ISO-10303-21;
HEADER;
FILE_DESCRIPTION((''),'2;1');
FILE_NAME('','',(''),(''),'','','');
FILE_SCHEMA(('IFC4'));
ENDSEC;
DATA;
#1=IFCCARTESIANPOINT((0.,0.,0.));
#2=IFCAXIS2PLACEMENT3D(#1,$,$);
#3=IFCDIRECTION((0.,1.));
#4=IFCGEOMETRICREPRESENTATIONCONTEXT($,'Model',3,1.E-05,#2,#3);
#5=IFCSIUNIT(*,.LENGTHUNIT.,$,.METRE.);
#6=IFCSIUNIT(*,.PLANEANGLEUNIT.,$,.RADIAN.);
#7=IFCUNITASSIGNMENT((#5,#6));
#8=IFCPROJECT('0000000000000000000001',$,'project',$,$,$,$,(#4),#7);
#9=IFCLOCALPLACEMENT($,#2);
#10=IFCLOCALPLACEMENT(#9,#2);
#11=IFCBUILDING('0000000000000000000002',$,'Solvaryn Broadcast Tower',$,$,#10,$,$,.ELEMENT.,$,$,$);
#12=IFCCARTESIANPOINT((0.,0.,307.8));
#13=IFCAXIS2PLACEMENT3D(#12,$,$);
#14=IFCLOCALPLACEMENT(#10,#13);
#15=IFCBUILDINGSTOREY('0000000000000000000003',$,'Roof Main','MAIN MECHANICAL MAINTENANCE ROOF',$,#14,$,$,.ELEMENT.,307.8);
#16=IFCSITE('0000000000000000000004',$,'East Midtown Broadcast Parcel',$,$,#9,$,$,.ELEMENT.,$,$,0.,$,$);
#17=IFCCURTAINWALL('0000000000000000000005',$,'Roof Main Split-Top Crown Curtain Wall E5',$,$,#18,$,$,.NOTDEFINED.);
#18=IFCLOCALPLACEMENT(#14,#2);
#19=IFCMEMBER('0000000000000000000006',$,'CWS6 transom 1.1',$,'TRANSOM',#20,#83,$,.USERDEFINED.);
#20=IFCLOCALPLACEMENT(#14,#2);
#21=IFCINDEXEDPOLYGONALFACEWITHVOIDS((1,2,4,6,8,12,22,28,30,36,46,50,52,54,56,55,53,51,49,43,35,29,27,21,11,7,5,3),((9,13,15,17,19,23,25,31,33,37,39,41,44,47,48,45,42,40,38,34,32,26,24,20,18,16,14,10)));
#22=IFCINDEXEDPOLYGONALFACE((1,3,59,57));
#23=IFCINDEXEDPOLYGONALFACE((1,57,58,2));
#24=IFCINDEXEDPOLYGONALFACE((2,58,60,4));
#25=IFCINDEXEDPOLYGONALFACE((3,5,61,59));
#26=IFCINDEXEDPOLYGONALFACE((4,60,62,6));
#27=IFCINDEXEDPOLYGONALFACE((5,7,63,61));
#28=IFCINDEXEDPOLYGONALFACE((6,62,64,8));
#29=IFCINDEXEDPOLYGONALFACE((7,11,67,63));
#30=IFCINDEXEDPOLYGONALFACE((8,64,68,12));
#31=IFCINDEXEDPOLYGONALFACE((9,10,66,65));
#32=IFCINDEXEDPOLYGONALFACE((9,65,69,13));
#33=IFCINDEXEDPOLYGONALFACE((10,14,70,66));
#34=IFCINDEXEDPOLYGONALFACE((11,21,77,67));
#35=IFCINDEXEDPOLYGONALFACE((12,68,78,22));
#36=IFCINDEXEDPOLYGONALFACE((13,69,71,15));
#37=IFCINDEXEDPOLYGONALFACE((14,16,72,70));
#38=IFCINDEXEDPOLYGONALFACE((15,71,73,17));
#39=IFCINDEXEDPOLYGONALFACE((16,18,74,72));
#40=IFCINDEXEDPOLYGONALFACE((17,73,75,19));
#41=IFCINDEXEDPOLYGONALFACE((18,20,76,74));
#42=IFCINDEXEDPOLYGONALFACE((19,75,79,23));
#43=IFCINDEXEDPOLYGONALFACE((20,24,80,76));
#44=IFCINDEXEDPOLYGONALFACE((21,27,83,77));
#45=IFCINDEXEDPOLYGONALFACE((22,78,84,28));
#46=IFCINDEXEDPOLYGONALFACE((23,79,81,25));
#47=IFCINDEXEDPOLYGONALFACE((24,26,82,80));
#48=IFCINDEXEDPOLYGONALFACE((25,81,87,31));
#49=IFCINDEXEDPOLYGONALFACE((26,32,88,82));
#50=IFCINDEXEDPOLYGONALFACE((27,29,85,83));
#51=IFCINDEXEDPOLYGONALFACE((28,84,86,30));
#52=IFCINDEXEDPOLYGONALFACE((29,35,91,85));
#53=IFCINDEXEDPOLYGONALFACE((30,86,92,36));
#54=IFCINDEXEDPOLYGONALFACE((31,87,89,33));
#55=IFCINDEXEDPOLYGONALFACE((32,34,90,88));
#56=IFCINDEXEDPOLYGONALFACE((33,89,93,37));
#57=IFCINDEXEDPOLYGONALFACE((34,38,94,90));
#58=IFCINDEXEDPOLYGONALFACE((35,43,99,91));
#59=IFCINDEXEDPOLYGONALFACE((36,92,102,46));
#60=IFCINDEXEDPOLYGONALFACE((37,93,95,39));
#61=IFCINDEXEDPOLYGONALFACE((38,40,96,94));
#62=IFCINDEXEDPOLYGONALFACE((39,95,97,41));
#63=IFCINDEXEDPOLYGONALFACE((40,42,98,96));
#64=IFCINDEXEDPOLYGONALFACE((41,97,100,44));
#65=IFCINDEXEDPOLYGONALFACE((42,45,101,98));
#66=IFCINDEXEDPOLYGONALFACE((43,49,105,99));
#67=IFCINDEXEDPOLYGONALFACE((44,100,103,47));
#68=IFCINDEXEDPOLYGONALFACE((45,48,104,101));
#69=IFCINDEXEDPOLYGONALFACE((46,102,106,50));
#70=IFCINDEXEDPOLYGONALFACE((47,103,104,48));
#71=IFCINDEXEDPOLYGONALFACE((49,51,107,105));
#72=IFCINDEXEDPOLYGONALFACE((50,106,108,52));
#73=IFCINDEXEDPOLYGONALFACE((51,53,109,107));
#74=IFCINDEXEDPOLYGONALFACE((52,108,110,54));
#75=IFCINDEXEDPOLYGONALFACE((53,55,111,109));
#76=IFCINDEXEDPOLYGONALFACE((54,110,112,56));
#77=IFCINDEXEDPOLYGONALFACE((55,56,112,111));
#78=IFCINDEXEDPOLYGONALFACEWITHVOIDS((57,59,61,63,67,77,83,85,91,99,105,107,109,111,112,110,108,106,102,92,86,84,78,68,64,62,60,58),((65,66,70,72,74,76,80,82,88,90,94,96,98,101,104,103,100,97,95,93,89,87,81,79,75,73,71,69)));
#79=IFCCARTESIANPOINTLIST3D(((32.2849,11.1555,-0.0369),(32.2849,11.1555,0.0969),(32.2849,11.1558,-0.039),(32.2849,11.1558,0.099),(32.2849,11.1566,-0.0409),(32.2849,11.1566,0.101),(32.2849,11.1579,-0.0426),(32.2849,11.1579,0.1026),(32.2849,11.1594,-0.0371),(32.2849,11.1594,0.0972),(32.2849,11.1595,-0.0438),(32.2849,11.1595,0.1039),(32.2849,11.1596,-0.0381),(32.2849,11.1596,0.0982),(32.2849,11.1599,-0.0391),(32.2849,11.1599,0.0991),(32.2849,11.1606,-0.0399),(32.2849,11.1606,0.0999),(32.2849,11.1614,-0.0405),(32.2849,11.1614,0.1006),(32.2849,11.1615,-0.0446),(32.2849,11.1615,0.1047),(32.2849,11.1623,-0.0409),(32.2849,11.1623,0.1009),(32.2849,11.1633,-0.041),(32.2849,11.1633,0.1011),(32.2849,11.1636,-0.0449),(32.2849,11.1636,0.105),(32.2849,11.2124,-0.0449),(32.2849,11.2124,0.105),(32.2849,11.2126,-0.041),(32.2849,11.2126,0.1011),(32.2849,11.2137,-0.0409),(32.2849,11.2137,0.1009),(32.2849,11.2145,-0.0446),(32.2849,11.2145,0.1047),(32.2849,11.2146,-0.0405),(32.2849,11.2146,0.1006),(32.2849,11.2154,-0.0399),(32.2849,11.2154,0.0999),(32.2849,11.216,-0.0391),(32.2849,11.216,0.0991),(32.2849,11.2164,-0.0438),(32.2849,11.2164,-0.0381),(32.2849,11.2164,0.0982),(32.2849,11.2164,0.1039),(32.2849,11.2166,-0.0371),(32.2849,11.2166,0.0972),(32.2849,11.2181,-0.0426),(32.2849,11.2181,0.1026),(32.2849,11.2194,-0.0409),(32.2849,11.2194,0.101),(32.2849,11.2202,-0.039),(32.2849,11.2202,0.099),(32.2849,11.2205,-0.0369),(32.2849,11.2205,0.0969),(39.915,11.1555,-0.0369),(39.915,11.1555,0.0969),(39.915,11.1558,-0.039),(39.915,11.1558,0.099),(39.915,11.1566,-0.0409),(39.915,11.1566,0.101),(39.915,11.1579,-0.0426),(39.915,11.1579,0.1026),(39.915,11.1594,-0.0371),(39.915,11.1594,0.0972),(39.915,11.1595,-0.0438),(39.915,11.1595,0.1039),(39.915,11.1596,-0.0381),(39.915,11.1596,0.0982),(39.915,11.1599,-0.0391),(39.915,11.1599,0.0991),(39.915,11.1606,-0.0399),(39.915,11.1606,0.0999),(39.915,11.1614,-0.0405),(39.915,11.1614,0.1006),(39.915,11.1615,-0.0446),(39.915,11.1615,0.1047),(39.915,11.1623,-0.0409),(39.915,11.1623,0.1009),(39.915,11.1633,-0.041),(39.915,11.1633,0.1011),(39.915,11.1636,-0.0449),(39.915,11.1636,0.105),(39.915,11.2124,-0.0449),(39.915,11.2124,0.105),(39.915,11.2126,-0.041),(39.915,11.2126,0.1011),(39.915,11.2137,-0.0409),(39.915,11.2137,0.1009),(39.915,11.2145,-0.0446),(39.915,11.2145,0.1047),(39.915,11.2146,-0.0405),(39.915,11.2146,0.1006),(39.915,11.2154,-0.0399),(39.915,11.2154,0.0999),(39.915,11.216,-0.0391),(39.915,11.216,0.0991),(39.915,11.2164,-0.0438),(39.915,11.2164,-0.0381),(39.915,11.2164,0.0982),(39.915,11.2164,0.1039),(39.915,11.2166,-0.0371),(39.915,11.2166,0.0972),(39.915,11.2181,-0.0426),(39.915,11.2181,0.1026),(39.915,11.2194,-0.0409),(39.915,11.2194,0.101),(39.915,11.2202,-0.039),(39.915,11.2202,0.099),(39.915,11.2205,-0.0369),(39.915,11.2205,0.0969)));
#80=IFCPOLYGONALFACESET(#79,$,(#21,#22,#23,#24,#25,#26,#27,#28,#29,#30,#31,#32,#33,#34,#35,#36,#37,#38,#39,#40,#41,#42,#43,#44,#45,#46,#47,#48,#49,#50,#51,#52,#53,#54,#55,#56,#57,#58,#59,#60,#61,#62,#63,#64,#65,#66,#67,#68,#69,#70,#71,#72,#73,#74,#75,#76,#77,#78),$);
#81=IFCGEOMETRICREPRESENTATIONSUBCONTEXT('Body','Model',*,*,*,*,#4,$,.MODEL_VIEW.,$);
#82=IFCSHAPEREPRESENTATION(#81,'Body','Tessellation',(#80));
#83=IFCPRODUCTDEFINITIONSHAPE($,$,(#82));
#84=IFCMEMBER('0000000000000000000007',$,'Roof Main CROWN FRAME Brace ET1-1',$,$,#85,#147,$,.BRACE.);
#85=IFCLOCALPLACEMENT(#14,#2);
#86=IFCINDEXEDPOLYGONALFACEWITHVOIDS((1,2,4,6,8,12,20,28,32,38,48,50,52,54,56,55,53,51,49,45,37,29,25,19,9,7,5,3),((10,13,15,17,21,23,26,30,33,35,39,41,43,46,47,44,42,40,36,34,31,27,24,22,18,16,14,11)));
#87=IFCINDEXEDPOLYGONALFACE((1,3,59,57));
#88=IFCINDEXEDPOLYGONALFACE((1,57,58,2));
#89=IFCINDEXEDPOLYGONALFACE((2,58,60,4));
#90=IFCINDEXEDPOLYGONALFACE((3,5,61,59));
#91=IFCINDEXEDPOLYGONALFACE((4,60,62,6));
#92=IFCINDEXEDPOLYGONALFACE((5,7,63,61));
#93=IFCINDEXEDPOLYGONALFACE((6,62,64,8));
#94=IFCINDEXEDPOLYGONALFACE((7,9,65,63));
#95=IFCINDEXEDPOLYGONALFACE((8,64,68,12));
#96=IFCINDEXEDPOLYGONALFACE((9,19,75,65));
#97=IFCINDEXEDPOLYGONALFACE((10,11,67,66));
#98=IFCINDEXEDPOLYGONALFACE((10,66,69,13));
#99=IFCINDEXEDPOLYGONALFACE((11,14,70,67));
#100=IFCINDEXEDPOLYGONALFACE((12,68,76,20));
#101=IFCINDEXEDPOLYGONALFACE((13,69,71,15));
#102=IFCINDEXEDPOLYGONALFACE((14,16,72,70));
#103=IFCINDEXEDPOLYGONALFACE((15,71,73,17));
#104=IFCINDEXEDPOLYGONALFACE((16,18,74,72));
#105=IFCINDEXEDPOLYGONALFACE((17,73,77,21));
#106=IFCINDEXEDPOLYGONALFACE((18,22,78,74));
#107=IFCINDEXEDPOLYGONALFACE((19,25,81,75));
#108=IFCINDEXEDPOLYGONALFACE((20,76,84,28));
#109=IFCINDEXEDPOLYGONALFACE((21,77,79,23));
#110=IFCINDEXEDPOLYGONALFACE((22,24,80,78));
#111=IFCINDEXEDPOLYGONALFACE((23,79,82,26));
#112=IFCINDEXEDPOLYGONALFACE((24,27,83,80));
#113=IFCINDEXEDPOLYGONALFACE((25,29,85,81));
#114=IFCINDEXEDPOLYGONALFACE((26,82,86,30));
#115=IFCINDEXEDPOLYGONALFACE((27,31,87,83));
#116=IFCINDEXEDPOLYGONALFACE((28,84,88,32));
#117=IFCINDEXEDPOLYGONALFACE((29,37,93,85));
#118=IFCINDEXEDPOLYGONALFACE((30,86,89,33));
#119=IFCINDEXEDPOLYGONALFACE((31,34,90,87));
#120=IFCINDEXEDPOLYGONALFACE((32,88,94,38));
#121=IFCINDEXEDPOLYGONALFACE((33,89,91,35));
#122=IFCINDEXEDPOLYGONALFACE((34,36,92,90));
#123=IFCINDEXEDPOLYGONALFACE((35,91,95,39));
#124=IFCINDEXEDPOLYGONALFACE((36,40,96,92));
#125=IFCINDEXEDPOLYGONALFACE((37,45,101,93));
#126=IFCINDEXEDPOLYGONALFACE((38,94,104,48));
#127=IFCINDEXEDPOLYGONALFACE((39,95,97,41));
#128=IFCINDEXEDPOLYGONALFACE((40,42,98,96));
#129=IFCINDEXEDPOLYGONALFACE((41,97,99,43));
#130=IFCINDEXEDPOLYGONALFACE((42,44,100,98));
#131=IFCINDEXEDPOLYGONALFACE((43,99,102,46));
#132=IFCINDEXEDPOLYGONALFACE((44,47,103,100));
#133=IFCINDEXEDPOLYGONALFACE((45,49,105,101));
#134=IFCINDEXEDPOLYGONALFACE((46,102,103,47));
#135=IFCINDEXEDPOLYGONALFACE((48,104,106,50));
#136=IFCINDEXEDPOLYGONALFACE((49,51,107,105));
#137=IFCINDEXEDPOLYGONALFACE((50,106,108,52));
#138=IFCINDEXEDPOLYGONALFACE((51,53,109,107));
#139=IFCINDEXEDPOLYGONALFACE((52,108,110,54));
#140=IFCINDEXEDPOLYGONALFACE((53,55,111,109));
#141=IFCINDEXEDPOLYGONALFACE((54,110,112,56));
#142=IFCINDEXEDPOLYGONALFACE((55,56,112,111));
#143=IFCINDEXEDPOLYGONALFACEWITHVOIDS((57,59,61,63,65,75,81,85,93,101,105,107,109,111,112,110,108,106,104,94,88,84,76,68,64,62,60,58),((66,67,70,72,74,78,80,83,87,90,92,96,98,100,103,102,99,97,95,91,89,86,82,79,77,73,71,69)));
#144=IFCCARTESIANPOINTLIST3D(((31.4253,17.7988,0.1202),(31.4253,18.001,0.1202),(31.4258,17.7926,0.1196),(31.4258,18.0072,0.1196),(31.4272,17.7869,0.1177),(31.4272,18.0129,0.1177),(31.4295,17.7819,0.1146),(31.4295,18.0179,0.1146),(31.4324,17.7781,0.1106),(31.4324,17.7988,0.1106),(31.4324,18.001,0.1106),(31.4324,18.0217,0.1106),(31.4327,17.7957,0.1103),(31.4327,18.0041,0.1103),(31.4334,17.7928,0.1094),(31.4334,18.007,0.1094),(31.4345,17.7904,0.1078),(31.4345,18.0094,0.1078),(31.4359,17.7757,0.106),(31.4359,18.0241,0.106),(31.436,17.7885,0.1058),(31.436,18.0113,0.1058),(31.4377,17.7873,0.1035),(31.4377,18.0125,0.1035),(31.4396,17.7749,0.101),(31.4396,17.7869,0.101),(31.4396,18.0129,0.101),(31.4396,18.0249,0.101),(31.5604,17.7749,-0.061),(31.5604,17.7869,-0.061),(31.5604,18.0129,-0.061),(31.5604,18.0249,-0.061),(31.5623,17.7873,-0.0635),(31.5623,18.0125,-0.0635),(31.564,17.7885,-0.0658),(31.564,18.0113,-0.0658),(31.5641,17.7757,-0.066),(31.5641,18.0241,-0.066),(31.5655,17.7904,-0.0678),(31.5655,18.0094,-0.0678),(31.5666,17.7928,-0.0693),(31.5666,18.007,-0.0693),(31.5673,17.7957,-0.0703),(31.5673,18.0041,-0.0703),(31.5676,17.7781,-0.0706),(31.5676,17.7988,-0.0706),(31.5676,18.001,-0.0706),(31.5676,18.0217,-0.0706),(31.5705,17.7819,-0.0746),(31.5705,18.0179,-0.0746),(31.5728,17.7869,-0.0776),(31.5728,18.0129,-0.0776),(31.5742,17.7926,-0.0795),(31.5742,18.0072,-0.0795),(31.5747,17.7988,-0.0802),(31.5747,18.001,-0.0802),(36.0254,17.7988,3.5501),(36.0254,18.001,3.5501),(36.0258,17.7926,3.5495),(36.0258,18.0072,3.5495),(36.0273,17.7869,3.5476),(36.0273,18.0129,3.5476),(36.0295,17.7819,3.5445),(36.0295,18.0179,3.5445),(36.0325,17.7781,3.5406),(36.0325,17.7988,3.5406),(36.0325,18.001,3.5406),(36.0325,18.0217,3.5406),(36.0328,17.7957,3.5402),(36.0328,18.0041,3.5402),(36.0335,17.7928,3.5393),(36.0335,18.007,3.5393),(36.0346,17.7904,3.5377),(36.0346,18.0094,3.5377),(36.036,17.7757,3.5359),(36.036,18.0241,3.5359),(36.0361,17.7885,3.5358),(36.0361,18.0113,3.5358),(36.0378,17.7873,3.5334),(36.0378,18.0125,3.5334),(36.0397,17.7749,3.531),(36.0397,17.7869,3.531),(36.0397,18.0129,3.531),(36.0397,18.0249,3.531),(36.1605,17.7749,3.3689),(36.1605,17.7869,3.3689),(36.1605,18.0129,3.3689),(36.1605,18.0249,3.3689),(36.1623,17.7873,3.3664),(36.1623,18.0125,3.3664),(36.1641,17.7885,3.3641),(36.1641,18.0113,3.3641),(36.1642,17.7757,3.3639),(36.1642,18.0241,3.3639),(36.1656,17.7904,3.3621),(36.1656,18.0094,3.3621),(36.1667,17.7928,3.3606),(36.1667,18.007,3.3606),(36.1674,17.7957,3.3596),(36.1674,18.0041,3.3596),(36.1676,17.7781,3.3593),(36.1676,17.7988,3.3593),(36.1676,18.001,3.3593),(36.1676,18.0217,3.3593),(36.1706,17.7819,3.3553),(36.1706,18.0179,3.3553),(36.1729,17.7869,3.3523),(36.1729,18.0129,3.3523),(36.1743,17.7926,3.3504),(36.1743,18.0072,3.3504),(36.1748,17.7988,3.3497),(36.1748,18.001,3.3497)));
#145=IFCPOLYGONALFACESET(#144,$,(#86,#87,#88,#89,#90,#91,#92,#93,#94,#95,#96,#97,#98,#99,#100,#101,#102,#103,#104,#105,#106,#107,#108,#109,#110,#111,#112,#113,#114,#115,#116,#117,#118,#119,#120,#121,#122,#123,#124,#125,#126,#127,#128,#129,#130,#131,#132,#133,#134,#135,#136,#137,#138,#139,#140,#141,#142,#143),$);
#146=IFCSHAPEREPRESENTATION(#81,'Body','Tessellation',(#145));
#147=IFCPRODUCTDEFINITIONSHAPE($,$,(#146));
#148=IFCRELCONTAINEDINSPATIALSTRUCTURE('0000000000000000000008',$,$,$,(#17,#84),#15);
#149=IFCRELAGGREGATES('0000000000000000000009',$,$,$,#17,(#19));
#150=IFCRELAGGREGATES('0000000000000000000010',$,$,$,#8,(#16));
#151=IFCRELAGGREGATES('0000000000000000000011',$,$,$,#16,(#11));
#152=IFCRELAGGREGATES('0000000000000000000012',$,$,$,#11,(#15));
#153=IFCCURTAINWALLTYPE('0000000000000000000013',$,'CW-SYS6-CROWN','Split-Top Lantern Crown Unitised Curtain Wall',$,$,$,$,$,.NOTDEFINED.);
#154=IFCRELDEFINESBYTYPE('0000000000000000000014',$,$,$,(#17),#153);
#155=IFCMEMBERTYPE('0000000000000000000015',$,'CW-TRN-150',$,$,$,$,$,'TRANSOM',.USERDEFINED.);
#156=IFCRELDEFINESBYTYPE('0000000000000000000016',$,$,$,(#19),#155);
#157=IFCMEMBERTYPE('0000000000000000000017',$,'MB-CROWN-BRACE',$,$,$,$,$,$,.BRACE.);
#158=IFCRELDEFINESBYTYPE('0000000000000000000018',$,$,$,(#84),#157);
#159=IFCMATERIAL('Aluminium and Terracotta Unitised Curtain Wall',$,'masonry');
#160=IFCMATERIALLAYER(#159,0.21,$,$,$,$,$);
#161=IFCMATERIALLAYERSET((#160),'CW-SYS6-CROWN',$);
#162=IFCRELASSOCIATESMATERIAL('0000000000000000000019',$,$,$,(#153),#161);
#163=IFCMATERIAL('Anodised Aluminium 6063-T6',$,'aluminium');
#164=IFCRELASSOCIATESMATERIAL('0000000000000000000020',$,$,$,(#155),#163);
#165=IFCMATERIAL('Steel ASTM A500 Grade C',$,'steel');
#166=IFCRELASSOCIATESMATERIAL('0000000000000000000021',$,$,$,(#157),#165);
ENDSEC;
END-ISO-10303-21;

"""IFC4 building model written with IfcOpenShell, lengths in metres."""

from ifc_helpers import new_model, si_unit, direction, frame, origin, origin_2d, place, context, subcontext, project, spatial, hollow_rectangle, extrude, material, layer, layer_set, material_profile, profile_set, type_object, element, aggregate, save


model = new_model("IFC4")

# Units and contexts
model_context = context("Model", 3, precision=1e-05, world=origin(), true_north=direction((0.0, 1.0)))
body_context = subcontext(model_context, "Body", "Model", "MODEL_VIEW")
ifc_project = project(units=[si_unit("LENGTHUNIT", "METRE"), si_unit("PLANEANGLEUNIT", "RADIAN")], contexts=[model_context])

# Site, building, storey
site_placement = place(None, origin())
site = spatial("IfcSite", under=ifc_project, at=site_placement, Name="East Midtown Broadcast Parcel", CompositionType="ELEMENT", RefElevation=0.0)
building_placement = place(site_placement, origin())
building = spatial("IfcBuilding", under=site, at=building_placement, Name="Solvaryn Broadcast Tower", CompositionType="ELEMENT")
storey_placement = place(building_placement, frame((0.0, 0.0, 307.8)))
storey = spatial("IfcBuildingStorey", under=building, at=storey_placement, Name="Roof Main", Description="MAIN MECHANICAL MAINTENANCE ROOF", CompositionType="ELEMENT", Elevation=307.8)

# Shared definitions
ifc_material_1 = material(Name="Aluminium and Terracotta Unitised Curtain Wall", Category="masonry")
ifc_layer_1 = layer(ifc_material_1, 0.21)
ifc_layer_set_1 = layer_set([ifc_layer_1], Name="CW-SYS6-CROWN")
curtain_wall_type = type_object("IfcCurtainWallType", Name="CW-SYS6-CROWN", Description="Split-Top Lantern Crown Unitised Curtain Wall", PredefinedType="NOTDEFINED", material=ifc_layer_set_1)

# Curtain wall
curtain_wall_1_placement = place(storey_placement, origin())
curtain_wall_1 = element("IfcCurtainWall", 1, at=curtain_wall_1_placement, inside=storey, type_object=curtain_wall_type, Name="Roof Main Split-Top Crown Curtain Wall E5", PredefinedType="NOTDEFINED")

# Member
ifc_material_2 = material(Name="Anodised Aluminium 6063-T6", Category="aluminium")
ifc_material_profile_1 = material_profile(ifc_material_2, hollow_rectangle(XDim=0.0649, YDim=0.1499, WallThickness=0.0039, InnerFilletRadius=0.0039, OuterFilletRadius=0.0081, at=origin_2d()))
ifc_profile_set_1 = profile_set([ifc_material_profile_1], Name="Anodised Aluminium 6063-T6")
member_type_1 = type_object("IfcMemberType", Name="CW-TRN-150", ElementType="TRANSOM", PredefinedType="USERDEFINED", material=ifc_profile_set_1)
member_1_placement = place(storey_placement, frame((32.2849, 11.188, 0.03), z_axis=(1.0, 0.0, 0.0), x_axis=(0.0, 1.0, 0.0)))
member_1 = element("IfcMember", 2, at=member_1_placement, type_object=member_type_1, Name="CWS6 transom 1.1", ObjectType="TRANSOM", PredefinedType="USERDEFINED", context=body_context, shape_type="SweptSolid", body=[
    extrude(hollow_rectangle(XDim=0.0649, YDim=0.1499, WallThickness=0.0039, InnerFilletRadius=0.0039, OuterFilletRadius=0.0081, at=origin_2d()), origin(), (0.0, 0.0, 1.0), 7.6301),
])
aggregate(curtain_wall_1, [member_1])

# Member
ifc_material_3 = material(Name="Steel ASTM A500 Grade C", Category="steel")
ifc_material_profile_2 = material_profile(ifc_material_3, hollow_rectangle(XDim=0.25, YDim=0.25, WallThickness=0.012, InnerFilletRadius=0.012, OuterFilletRadius=0.0239, at=origin_2d()))
ifc_profile_set_2 = profile_set([ifc_material_profile_2], Name="Steel ASTM A500 Grade C")
member_type_2 = type_object("IfcMemberType", Name="MB-CROWN-BRACE", PredefinedType="BRACE", material=ifc_profile_set_2)
member_2_placement = place(storey_placement, frame((31.5, 17.8999, 0.02), z_axis=(0.801682, 0.0, 0.597751), x_axis=(0.0, 1.0, 0.0)))
element("IfcMember", 3, at=member_2_placement, inside=storey, type_object=member_type_2, Name="Roof Main CROWN FRAME Brace ET1-1", PredefinedType="BRACE", context=body_context, shape_type="SweptSolid", body=[
    extrude(hollow_rectangle(XDim=0.25, YDim=0.25, WallThickness=0.012, InnerFilletRadius=0.012, OuterFilletRadius=0.0239, at=origin_2d()), origin(), (0.0, 0.0, 1.0), 5.738),
])

save(model, "model.ifc")
